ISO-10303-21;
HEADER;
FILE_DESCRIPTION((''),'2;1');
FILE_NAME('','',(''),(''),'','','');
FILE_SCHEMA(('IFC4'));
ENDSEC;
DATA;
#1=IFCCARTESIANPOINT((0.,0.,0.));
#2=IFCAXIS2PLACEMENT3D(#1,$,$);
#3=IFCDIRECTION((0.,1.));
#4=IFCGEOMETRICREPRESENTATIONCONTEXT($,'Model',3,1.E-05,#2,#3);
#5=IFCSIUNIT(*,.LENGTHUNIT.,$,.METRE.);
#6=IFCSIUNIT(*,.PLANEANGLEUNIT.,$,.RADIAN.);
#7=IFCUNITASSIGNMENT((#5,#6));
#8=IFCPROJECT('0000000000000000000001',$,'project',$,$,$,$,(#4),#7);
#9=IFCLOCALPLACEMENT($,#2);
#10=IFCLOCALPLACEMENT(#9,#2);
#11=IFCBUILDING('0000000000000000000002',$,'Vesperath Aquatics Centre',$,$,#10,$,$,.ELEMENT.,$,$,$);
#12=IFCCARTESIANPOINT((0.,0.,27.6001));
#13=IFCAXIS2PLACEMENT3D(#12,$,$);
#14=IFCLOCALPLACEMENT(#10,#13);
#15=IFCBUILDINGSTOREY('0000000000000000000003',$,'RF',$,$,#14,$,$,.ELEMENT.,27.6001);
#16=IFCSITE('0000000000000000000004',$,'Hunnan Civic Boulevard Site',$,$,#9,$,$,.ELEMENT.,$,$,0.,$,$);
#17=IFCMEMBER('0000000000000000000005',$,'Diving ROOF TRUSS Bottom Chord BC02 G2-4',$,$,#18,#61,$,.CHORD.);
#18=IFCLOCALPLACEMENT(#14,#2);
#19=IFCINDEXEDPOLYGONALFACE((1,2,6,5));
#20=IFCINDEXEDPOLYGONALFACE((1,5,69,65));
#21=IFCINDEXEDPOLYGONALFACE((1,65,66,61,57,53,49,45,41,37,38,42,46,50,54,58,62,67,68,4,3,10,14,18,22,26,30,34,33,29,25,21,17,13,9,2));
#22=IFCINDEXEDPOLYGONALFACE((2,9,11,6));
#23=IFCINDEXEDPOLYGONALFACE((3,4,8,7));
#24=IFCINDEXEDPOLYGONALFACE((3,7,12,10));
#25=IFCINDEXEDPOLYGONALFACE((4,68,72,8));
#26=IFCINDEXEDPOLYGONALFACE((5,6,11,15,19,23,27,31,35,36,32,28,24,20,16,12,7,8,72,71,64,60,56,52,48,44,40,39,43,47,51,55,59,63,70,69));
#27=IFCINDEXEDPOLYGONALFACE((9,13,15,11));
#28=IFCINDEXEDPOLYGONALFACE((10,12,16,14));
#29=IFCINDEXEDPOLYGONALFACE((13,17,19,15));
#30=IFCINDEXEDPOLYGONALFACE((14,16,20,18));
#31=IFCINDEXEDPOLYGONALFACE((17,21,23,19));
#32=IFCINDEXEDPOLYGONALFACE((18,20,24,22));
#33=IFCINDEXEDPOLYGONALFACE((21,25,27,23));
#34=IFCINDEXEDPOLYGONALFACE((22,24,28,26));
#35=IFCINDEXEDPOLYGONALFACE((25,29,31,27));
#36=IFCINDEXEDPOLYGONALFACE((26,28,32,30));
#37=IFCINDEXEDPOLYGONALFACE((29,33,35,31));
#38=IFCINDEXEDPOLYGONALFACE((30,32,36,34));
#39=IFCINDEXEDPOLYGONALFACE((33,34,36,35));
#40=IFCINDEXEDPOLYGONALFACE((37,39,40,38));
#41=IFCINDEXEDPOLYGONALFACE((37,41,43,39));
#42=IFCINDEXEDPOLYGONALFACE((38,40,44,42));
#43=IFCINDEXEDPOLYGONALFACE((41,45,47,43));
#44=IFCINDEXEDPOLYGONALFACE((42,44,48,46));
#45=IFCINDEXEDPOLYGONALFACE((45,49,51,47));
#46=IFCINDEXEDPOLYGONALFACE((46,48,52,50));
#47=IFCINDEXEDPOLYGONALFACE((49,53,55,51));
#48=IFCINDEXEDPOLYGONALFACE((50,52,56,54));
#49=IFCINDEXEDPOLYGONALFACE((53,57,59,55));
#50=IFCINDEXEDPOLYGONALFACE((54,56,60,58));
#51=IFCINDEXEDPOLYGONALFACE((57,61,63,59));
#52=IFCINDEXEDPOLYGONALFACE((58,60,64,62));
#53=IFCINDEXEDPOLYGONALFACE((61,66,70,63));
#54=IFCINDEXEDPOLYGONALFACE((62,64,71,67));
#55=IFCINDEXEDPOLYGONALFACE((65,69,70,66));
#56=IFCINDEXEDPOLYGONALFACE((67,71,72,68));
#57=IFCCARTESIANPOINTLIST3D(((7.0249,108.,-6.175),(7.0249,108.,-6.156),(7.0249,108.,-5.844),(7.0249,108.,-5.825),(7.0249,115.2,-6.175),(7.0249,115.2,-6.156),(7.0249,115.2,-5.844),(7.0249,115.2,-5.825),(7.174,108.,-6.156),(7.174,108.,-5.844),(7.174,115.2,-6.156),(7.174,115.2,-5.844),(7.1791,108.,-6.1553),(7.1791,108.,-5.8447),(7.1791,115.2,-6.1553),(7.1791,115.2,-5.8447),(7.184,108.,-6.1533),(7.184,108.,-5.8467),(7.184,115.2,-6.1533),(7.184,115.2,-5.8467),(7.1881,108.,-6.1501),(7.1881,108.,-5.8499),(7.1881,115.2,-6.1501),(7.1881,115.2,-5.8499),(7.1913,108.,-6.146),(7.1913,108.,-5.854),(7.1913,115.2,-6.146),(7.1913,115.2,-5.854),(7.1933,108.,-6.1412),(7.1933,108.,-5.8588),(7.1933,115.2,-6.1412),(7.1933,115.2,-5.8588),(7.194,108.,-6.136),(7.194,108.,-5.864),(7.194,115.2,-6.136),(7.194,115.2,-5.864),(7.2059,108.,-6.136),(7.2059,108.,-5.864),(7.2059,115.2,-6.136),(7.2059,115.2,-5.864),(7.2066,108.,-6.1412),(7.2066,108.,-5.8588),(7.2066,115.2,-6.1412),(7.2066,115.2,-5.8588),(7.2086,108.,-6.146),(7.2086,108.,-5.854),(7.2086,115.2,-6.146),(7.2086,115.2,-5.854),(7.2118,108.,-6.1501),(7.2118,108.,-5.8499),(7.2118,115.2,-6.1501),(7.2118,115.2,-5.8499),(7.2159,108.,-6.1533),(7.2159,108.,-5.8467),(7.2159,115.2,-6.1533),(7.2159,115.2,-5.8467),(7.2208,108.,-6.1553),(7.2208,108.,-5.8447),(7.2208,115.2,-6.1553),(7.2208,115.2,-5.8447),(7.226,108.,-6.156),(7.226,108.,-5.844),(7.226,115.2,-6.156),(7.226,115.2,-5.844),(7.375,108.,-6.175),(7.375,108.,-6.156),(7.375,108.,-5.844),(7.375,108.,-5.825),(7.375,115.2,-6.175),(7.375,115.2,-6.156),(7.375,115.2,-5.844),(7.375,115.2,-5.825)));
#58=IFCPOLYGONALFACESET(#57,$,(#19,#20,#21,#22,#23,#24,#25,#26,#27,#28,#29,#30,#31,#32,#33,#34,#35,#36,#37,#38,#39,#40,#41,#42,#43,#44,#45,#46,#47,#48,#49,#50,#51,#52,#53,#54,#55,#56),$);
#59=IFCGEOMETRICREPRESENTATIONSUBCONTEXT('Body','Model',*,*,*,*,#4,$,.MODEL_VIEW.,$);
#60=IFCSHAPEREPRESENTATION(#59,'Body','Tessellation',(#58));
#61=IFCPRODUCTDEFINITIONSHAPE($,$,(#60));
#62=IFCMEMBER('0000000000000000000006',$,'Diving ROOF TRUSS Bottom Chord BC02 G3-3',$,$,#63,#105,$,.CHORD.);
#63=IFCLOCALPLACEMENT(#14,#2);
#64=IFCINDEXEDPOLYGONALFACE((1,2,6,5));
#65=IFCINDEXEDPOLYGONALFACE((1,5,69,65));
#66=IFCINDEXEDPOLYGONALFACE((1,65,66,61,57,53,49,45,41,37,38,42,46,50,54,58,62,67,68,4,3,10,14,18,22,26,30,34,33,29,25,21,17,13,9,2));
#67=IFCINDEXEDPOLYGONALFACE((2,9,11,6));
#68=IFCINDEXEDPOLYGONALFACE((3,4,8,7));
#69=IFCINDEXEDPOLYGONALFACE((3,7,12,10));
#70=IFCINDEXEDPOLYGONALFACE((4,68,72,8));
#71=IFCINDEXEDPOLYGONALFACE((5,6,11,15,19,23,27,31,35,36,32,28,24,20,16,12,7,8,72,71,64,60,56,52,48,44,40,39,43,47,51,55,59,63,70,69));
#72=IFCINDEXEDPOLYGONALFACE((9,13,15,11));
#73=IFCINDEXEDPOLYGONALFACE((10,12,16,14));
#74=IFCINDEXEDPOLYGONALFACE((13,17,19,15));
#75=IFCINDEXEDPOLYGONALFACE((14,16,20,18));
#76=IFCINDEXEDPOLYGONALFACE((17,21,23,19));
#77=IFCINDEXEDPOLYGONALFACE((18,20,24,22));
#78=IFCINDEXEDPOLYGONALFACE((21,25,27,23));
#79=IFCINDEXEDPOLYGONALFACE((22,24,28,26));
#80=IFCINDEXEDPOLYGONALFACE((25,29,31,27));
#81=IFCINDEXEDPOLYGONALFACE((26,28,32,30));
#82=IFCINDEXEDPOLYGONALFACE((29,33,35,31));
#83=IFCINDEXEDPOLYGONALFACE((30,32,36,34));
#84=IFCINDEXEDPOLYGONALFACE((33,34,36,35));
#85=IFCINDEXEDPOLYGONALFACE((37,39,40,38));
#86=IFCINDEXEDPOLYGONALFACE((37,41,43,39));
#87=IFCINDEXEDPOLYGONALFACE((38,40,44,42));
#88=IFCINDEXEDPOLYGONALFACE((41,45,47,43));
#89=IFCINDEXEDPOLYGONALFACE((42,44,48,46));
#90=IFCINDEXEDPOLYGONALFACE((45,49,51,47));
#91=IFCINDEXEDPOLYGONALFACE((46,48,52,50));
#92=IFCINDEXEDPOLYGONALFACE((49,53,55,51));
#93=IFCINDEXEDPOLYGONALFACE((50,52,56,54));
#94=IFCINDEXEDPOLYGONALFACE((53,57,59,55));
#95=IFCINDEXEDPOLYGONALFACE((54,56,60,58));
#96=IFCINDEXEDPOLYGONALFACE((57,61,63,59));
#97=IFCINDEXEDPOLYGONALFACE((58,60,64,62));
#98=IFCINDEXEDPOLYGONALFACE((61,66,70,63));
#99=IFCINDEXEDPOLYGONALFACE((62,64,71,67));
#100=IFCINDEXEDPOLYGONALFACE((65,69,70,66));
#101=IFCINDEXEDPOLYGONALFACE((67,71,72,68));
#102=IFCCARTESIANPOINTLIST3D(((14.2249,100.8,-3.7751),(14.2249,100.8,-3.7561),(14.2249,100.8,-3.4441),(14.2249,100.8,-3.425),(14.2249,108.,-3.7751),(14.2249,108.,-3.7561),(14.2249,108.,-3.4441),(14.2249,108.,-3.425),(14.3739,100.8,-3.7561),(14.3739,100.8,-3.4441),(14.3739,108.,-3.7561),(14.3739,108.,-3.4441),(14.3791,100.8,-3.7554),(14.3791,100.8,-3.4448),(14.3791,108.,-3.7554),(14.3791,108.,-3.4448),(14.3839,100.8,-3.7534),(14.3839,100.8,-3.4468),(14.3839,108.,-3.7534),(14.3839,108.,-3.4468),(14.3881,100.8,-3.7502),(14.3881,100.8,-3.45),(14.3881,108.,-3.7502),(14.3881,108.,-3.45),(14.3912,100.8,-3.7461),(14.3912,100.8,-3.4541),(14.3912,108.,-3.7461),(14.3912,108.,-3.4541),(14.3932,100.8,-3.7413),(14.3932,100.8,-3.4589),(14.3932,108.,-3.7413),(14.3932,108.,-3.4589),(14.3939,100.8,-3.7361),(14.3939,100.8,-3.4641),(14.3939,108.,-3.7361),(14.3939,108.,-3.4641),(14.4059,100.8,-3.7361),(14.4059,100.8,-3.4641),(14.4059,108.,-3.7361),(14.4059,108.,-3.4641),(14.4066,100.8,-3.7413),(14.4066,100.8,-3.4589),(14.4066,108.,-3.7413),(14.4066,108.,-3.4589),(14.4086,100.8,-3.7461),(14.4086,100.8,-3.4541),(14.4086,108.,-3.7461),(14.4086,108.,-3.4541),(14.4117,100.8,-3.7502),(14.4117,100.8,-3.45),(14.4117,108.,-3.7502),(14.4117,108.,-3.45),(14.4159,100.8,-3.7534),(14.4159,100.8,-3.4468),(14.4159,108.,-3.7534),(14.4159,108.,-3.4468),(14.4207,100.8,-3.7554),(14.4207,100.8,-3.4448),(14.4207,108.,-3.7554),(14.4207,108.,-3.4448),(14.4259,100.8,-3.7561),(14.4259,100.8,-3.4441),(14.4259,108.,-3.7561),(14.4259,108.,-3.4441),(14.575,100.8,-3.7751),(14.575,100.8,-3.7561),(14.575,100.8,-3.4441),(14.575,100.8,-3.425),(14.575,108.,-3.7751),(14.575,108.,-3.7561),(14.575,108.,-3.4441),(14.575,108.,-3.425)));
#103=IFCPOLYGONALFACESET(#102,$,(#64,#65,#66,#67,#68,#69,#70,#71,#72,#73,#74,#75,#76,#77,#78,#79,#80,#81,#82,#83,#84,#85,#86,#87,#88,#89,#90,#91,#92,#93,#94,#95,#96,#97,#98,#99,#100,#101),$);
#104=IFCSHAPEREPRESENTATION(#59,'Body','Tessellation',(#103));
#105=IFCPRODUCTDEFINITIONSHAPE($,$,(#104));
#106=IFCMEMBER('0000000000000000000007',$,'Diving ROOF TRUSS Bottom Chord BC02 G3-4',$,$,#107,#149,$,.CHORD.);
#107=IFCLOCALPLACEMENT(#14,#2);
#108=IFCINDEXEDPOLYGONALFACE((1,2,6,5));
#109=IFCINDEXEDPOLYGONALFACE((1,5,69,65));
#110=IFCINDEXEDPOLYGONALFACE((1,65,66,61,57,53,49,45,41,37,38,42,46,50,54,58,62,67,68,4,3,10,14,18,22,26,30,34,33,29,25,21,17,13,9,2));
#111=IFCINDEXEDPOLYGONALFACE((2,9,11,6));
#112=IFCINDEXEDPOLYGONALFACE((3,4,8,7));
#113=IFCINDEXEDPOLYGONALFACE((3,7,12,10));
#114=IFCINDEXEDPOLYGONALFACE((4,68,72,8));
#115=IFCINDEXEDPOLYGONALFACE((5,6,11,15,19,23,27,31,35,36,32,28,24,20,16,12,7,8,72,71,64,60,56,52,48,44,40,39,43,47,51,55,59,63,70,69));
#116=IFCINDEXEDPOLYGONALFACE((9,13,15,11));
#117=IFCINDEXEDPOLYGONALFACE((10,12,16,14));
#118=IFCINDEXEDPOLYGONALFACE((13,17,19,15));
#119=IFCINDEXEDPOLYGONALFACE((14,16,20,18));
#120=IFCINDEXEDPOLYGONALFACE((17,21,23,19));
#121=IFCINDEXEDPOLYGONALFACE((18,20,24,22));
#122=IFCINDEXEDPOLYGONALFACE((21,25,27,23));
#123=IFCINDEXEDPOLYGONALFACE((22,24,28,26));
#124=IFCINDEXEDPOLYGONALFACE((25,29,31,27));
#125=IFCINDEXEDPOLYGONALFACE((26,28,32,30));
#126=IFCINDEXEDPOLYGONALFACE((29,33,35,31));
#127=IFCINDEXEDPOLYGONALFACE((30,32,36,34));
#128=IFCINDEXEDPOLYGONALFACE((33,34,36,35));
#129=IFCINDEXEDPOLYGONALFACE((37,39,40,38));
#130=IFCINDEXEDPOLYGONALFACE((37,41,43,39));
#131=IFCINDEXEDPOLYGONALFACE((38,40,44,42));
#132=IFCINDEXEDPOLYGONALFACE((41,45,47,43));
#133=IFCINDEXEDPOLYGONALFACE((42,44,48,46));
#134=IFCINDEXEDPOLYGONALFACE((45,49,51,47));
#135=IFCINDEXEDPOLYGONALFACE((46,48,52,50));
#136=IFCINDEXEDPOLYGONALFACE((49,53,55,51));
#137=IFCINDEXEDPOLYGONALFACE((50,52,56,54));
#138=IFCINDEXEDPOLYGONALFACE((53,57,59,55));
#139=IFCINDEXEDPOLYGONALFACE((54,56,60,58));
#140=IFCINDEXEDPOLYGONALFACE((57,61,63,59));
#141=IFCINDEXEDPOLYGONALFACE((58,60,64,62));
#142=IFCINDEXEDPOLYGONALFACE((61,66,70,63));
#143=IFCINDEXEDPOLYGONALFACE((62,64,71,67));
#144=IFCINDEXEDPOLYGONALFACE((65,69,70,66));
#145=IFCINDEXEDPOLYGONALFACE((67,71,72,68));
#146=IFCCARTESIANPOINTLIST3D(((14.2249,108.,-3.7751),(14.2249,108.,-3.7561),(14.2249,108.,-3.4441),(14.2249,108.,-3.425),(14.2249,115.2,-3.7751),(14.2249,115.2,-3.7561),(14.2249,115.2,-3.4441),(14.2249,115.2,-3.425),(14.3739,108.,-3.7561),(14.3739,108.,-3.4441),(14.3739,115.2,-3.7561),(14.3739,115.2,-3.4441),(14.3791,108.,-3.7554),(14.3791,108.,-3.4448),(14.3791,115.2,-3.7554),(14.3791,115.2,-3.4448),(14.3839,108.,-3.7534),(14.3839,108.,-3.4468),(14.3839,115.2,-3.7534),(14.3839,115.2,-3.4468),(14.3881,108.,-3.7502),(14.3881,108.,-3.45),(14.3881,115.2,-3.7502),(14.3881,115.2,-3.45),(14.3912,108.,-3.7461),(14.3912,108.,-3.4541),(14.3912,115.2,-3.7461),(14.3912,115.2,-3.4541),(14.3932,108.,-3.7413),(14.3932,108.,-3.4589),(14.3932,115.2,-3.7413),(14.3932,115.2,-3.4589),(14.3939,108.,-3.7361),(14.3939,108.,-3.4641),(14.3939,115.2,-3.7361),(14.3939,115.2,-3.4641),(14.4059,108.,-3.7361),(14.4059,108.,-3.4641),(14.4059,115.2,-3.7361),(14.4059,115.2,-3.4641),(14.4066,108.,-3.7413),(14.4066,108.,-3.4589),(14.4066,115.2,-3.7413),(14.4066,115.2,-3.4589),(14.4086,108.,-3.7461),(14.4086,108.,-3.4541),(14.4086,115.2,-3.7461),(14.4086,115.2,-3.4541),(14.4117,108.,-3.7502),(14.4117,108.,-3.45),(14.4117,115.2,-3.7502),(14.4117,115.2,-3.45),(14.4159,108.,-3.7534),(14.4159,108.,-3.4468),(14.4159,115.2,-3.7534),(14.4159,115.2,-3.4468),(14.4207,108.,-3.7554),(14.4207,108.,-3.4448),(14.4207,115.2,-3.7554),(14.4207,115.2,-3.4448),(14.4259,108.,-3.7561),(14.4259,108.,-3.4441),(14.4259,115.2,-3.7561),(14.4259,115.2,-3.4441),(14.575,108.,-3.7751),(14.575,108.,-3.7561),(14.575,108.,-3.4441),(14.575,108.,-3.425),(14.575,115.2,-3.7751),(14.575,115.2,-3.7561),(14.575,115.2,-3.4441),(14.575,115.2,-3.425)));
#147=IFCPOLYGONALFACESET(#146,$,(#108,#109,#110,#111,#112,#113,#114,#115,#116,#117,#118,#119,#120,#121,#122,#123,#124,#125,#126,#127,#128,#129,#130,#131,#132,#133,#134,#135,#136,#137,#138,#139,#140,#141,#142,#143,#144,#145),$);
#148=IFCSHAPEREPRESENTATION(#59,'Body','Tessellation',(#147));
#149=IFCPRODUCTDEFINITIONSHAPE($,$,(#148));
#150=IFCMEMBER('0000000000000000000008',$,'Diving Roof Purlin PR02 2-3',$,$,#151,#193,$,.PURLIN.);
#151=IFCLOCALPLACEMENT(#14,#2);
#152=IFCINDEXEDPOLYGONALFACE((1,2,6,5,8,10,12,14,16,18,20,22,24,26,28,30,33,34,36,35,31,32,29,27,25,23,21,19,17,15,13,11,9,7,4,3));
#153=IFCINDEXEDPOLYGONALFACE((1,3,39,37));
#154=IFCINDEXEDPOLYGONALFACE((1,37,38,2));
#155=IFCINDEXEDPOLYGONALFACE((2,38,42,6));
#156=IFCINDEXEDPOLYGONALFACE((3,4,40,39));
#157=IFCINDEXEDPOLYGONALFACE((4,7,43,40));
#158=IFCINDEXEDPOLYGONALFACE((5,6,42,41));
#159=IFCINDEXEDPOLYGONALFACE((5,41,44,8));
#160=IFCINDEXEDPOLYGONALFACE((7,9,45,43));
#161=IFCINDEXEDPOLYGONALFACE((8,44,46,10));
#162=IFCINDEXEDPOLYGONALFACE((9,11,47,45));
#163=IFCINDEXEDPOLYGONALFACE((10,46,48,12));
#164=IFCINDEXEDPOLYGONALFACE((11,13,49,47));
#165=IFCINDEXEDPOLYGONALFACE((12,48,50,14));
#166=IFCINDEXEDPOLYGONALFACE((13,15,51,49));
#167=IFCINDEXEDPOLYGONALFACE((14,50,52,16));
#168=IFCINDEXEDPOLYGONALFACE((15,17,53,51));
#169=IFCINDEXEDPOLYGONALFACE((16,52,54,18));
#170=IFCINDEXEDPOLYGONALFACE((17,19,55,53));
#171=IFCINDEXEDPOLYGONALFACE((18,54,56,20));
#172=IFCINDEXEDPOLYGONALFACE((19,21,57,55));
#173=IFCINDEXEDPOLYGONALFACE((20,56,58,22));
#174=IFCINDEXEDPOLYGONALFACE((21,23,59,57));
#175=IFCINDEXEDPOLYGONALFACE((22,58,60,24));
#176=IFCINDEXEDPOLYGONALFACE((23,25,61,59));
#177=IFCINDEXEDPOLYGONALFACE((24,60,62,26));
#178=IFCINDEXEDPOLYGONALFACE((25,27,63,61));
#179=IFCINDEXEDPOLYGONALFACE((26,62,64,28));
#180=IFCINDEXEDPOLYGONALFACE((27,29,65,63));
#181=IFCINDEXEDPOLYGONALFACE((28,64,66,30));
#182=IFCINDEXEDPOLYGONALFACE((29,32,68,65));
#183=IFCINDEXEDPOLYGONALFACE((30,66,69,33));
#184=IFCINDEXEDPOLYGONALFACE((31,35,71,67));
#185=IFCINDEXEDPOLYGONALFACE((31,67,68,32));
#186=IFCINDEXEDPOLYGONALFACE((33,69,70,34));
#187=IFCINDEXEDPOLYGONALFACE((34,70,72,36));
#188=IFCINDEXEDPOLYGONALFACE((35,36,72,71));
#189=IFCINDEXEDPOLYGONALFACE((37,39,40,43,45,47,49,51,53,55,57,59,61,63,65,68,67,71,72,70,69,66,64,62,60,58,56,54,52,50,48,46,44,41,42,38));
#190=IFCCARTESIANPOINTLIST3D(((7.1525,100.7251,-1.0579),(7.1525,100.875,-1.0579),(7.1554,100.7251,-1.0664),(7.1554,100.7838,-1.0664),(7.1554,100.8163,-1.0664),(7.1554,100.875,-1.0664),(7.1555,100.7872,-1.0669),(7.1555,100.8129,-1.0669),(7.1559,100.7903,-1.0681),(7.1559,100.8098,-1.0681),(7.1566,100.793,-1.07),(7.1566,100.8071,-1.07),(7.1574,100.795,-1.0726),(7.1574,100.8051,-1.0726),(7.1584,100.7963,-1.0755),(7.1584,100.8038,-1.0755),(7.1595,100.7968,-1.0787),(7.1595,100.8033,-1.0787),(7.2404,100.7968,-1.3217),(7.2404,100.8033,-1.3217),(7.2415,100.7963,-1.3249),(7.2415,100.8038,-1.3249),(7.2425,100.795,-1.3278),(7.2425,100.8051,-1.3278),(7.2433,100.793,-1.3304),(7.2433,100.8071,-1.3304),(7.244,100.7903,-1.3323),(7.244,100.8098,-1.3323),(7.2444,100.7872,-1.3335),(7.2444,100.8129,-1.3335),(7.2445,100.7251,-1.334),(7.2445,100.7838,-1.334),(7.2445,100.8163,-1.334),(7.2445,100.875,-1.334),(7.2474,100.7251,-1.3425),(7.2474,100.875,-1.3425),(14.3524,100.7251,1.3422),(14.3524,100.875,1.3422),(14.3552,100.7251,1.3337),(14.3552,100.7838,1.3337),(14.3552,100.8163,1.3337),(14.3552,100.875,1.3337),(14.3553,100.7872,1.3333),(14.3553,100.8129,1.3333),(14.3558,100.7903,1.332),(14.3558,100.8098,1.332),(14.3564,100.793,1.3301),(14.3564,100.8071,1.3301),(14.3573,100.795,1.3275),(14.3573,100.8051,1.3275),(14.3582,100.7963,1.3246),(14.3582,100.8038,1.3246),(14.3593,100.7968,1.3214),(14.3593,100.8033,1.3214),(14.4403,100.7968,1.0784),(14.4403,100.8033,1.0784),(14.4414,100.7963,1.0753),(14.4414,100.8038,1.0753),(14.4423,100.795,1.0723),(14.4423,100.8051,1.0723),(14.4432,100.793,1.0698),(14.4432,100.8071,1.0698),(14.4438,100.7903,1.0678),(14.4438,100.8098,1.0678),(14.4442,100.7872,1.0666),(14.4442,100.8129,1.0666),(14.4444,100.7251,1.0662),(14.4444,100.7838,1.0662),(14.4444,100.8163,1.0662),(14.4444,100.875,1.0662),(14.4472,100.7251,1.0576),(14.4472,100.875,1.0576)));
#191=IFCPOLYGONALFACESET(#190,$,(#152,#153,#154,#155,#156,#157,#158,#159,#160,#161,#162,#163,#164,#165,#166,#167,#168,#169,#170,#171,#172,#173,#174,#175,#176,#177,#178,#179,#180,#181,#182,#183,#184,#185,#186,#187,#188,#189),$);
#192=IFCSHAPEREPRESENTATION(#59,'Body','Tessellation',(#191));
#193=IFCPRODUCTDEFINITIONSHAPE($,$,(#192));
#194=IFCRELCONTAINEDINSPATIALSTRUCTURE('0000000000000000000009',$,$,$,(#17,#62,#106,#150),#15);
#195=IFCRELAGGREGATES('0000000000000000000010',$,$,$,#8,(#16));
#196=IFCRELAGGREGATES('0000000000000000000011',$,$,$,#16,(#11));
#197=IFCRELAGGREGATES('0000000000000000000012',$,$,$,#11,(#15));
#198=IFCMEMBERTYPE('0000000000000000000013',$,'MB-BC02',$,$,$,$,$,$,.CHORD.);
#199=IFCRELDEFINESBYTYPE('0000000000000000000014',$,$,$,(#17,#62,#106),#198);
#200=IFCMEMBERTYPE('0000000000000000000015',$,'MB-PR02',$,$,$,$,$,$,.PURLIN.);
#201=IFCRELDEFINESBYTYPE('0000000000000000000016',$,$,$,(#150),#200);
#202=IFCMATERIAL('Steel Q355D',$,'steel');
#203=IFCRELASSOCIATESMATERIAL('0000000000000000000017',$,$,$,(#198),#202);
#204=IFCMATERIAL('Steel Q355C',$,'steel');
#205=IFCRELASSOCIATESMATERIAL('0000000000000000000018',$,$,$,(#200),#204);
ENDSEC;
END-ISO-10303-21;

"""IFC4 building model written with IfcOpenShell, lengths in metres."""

from ifc_helpers import new_model, si_unit, direction, frame, origin, origin_2d, place, context, subcontext, project, spatial, i_section, extrude, material, material_profile, profile_set, type_object, element, save


model = new_model("IFC4")

# Units and contexts
model_context = context("Model", 3, precision=1e-05, world=origin(), true_north=direction((0.0, 1.0)))
body_context = subcontext(model_context, "Body", "Model", "MODEL_VIEW")
ifc_project = project(units=[si_unit("LENGTHUNIT", "METRE"), si_unit("PLANEANGLEUNIT", "RADIAN")], contexts=[model_context])

# Site, building, storey
site_placement = place(None, origin())
site = spatial("IfcSite", under=ifc_project, at=site_placement, Name="Hunnan Civic Boulevard Site", CompositionType="ELEMENT", RefElevation=0.0)
building_placement = place(site_placement, origin())
building = spatial("IfcBuilding", under=site, at=building_placement, Name="Vesperath Aquatics Centre", CompositionType="ELEMENT")
storey_placement = place(building_placement, frame((0.0, 0.0, 27.6001)))
storey = spatial("IfcBuildingStorey", under=building, at=storey_placement, Name="RF", CompositionType="ELEMENT", Elevation=27.6001)

# Shared definitions
ifc_material_1 = material(Name="Steel Q355C", Category="steel")

# Members
ifc_material_2 = material(Name="Steel Q355D", Category="steel")
ifc_material_profile_1 = material_profile(ifc_material_2, i_section(OverallWidth=0.3501, OverallDepth=0.3501, WebThickness=0.012, FlangeThickness=0.019, FilletRadius=0.02, at=origin_2d()), Name="HW 350x350x12x19")
ifc_profile_set_1 = profile_set([ifc_material_profile_1], Name="Steel Q355D")
member_type_1 = type_object("IfcMemberType", Name="MB-BC02", PredefinedType="CHORD", material=ifc_profile_set_1)
for number, where, z_axis, x_axis, name in (
    (1, (7.2, 108.0, -6.0), (0.0, 1.0, 0.0), (-1.0, 0.0, 0.0), "Diving ROOF TRUSS Bottom Chord BC02 G2-4"),
    (2, (14.3999, 100.8, -3.6001), (0.0, 1.0, 0.0), (-1.0, 0.0, 0.0), "Diving ROOF TRUSS Bottom Chord BC02 G3-3"),
    (3, (14.3999, 108.0, -3.6001), (0.0, 1.0, 0.0), (-1.0, 0.0, 0.0), "Diving ROOF TRUSS Bottom Chord BC02 G3-4"),
):
    element("IfcMember", number, at=place(storey_placement, frame(where, z_axis=z_axis, x_axis=x_axis)), inside=storey, type_object=member_type_1, Name=name, PredefinedType="CHORD", context=body_context, shape_type="SweptSolid", body=[
        extrude(i_section(OverallWidth=0.3501, OverallDepth=0.3501, WebThickness=0.012, FlangeThickness=0.019, FilletRadius=0.02, at=origin_2d()), origin(), (0.0, 0.0, 1.0), 7.2),
    ])
ifc_material_profile_2 = material_profile(ifc_material_1, i_section(OverallWidth=0.1499, OverallDepth=0.3, WebThickness=0.0066, FlangeThickness=0.009, FilletRadius=0.0129, at=origin_2d()), Name="HN 300x150x6.5x9")
ifc_profile_set_2 = profile_set([ifc_material_profile_2], Name="Steel Q355C")
member_type_2 = type_object("IfcMemberType", Name="MB-PR02", PredefinedType="PURLIN", material=ifc_profile_set_2)
for number, where, z_axis, x_axis, name in (
    (4, (7.2, 100.8, -1.2002), (0.948677, 0.0, 0.316247), (0.0, 1.0, 0.0), "Diving Roof Purlin PR02 2-3"),
):
    element("IfcMember", number, at=place(storey_placement, frame(where, z_axis=z_axis, x_axis=x_axis)), inside=storey, type_object=member_type_2, Name=name, PredefinedType="PURLIN", context=body_context, shape_type="SweptSolid", body=[
        extrude(i_section(OverallWidth=0.1499, OverallDepth=0.3, WebThickness=0.0066, FlangeThickness=0.009, FilletRadius=0.0129, at=origin_2d()), origin(), (0.0, 0.0, 1.0), 7.5894),
    ])

save(model, "model.ifc")
